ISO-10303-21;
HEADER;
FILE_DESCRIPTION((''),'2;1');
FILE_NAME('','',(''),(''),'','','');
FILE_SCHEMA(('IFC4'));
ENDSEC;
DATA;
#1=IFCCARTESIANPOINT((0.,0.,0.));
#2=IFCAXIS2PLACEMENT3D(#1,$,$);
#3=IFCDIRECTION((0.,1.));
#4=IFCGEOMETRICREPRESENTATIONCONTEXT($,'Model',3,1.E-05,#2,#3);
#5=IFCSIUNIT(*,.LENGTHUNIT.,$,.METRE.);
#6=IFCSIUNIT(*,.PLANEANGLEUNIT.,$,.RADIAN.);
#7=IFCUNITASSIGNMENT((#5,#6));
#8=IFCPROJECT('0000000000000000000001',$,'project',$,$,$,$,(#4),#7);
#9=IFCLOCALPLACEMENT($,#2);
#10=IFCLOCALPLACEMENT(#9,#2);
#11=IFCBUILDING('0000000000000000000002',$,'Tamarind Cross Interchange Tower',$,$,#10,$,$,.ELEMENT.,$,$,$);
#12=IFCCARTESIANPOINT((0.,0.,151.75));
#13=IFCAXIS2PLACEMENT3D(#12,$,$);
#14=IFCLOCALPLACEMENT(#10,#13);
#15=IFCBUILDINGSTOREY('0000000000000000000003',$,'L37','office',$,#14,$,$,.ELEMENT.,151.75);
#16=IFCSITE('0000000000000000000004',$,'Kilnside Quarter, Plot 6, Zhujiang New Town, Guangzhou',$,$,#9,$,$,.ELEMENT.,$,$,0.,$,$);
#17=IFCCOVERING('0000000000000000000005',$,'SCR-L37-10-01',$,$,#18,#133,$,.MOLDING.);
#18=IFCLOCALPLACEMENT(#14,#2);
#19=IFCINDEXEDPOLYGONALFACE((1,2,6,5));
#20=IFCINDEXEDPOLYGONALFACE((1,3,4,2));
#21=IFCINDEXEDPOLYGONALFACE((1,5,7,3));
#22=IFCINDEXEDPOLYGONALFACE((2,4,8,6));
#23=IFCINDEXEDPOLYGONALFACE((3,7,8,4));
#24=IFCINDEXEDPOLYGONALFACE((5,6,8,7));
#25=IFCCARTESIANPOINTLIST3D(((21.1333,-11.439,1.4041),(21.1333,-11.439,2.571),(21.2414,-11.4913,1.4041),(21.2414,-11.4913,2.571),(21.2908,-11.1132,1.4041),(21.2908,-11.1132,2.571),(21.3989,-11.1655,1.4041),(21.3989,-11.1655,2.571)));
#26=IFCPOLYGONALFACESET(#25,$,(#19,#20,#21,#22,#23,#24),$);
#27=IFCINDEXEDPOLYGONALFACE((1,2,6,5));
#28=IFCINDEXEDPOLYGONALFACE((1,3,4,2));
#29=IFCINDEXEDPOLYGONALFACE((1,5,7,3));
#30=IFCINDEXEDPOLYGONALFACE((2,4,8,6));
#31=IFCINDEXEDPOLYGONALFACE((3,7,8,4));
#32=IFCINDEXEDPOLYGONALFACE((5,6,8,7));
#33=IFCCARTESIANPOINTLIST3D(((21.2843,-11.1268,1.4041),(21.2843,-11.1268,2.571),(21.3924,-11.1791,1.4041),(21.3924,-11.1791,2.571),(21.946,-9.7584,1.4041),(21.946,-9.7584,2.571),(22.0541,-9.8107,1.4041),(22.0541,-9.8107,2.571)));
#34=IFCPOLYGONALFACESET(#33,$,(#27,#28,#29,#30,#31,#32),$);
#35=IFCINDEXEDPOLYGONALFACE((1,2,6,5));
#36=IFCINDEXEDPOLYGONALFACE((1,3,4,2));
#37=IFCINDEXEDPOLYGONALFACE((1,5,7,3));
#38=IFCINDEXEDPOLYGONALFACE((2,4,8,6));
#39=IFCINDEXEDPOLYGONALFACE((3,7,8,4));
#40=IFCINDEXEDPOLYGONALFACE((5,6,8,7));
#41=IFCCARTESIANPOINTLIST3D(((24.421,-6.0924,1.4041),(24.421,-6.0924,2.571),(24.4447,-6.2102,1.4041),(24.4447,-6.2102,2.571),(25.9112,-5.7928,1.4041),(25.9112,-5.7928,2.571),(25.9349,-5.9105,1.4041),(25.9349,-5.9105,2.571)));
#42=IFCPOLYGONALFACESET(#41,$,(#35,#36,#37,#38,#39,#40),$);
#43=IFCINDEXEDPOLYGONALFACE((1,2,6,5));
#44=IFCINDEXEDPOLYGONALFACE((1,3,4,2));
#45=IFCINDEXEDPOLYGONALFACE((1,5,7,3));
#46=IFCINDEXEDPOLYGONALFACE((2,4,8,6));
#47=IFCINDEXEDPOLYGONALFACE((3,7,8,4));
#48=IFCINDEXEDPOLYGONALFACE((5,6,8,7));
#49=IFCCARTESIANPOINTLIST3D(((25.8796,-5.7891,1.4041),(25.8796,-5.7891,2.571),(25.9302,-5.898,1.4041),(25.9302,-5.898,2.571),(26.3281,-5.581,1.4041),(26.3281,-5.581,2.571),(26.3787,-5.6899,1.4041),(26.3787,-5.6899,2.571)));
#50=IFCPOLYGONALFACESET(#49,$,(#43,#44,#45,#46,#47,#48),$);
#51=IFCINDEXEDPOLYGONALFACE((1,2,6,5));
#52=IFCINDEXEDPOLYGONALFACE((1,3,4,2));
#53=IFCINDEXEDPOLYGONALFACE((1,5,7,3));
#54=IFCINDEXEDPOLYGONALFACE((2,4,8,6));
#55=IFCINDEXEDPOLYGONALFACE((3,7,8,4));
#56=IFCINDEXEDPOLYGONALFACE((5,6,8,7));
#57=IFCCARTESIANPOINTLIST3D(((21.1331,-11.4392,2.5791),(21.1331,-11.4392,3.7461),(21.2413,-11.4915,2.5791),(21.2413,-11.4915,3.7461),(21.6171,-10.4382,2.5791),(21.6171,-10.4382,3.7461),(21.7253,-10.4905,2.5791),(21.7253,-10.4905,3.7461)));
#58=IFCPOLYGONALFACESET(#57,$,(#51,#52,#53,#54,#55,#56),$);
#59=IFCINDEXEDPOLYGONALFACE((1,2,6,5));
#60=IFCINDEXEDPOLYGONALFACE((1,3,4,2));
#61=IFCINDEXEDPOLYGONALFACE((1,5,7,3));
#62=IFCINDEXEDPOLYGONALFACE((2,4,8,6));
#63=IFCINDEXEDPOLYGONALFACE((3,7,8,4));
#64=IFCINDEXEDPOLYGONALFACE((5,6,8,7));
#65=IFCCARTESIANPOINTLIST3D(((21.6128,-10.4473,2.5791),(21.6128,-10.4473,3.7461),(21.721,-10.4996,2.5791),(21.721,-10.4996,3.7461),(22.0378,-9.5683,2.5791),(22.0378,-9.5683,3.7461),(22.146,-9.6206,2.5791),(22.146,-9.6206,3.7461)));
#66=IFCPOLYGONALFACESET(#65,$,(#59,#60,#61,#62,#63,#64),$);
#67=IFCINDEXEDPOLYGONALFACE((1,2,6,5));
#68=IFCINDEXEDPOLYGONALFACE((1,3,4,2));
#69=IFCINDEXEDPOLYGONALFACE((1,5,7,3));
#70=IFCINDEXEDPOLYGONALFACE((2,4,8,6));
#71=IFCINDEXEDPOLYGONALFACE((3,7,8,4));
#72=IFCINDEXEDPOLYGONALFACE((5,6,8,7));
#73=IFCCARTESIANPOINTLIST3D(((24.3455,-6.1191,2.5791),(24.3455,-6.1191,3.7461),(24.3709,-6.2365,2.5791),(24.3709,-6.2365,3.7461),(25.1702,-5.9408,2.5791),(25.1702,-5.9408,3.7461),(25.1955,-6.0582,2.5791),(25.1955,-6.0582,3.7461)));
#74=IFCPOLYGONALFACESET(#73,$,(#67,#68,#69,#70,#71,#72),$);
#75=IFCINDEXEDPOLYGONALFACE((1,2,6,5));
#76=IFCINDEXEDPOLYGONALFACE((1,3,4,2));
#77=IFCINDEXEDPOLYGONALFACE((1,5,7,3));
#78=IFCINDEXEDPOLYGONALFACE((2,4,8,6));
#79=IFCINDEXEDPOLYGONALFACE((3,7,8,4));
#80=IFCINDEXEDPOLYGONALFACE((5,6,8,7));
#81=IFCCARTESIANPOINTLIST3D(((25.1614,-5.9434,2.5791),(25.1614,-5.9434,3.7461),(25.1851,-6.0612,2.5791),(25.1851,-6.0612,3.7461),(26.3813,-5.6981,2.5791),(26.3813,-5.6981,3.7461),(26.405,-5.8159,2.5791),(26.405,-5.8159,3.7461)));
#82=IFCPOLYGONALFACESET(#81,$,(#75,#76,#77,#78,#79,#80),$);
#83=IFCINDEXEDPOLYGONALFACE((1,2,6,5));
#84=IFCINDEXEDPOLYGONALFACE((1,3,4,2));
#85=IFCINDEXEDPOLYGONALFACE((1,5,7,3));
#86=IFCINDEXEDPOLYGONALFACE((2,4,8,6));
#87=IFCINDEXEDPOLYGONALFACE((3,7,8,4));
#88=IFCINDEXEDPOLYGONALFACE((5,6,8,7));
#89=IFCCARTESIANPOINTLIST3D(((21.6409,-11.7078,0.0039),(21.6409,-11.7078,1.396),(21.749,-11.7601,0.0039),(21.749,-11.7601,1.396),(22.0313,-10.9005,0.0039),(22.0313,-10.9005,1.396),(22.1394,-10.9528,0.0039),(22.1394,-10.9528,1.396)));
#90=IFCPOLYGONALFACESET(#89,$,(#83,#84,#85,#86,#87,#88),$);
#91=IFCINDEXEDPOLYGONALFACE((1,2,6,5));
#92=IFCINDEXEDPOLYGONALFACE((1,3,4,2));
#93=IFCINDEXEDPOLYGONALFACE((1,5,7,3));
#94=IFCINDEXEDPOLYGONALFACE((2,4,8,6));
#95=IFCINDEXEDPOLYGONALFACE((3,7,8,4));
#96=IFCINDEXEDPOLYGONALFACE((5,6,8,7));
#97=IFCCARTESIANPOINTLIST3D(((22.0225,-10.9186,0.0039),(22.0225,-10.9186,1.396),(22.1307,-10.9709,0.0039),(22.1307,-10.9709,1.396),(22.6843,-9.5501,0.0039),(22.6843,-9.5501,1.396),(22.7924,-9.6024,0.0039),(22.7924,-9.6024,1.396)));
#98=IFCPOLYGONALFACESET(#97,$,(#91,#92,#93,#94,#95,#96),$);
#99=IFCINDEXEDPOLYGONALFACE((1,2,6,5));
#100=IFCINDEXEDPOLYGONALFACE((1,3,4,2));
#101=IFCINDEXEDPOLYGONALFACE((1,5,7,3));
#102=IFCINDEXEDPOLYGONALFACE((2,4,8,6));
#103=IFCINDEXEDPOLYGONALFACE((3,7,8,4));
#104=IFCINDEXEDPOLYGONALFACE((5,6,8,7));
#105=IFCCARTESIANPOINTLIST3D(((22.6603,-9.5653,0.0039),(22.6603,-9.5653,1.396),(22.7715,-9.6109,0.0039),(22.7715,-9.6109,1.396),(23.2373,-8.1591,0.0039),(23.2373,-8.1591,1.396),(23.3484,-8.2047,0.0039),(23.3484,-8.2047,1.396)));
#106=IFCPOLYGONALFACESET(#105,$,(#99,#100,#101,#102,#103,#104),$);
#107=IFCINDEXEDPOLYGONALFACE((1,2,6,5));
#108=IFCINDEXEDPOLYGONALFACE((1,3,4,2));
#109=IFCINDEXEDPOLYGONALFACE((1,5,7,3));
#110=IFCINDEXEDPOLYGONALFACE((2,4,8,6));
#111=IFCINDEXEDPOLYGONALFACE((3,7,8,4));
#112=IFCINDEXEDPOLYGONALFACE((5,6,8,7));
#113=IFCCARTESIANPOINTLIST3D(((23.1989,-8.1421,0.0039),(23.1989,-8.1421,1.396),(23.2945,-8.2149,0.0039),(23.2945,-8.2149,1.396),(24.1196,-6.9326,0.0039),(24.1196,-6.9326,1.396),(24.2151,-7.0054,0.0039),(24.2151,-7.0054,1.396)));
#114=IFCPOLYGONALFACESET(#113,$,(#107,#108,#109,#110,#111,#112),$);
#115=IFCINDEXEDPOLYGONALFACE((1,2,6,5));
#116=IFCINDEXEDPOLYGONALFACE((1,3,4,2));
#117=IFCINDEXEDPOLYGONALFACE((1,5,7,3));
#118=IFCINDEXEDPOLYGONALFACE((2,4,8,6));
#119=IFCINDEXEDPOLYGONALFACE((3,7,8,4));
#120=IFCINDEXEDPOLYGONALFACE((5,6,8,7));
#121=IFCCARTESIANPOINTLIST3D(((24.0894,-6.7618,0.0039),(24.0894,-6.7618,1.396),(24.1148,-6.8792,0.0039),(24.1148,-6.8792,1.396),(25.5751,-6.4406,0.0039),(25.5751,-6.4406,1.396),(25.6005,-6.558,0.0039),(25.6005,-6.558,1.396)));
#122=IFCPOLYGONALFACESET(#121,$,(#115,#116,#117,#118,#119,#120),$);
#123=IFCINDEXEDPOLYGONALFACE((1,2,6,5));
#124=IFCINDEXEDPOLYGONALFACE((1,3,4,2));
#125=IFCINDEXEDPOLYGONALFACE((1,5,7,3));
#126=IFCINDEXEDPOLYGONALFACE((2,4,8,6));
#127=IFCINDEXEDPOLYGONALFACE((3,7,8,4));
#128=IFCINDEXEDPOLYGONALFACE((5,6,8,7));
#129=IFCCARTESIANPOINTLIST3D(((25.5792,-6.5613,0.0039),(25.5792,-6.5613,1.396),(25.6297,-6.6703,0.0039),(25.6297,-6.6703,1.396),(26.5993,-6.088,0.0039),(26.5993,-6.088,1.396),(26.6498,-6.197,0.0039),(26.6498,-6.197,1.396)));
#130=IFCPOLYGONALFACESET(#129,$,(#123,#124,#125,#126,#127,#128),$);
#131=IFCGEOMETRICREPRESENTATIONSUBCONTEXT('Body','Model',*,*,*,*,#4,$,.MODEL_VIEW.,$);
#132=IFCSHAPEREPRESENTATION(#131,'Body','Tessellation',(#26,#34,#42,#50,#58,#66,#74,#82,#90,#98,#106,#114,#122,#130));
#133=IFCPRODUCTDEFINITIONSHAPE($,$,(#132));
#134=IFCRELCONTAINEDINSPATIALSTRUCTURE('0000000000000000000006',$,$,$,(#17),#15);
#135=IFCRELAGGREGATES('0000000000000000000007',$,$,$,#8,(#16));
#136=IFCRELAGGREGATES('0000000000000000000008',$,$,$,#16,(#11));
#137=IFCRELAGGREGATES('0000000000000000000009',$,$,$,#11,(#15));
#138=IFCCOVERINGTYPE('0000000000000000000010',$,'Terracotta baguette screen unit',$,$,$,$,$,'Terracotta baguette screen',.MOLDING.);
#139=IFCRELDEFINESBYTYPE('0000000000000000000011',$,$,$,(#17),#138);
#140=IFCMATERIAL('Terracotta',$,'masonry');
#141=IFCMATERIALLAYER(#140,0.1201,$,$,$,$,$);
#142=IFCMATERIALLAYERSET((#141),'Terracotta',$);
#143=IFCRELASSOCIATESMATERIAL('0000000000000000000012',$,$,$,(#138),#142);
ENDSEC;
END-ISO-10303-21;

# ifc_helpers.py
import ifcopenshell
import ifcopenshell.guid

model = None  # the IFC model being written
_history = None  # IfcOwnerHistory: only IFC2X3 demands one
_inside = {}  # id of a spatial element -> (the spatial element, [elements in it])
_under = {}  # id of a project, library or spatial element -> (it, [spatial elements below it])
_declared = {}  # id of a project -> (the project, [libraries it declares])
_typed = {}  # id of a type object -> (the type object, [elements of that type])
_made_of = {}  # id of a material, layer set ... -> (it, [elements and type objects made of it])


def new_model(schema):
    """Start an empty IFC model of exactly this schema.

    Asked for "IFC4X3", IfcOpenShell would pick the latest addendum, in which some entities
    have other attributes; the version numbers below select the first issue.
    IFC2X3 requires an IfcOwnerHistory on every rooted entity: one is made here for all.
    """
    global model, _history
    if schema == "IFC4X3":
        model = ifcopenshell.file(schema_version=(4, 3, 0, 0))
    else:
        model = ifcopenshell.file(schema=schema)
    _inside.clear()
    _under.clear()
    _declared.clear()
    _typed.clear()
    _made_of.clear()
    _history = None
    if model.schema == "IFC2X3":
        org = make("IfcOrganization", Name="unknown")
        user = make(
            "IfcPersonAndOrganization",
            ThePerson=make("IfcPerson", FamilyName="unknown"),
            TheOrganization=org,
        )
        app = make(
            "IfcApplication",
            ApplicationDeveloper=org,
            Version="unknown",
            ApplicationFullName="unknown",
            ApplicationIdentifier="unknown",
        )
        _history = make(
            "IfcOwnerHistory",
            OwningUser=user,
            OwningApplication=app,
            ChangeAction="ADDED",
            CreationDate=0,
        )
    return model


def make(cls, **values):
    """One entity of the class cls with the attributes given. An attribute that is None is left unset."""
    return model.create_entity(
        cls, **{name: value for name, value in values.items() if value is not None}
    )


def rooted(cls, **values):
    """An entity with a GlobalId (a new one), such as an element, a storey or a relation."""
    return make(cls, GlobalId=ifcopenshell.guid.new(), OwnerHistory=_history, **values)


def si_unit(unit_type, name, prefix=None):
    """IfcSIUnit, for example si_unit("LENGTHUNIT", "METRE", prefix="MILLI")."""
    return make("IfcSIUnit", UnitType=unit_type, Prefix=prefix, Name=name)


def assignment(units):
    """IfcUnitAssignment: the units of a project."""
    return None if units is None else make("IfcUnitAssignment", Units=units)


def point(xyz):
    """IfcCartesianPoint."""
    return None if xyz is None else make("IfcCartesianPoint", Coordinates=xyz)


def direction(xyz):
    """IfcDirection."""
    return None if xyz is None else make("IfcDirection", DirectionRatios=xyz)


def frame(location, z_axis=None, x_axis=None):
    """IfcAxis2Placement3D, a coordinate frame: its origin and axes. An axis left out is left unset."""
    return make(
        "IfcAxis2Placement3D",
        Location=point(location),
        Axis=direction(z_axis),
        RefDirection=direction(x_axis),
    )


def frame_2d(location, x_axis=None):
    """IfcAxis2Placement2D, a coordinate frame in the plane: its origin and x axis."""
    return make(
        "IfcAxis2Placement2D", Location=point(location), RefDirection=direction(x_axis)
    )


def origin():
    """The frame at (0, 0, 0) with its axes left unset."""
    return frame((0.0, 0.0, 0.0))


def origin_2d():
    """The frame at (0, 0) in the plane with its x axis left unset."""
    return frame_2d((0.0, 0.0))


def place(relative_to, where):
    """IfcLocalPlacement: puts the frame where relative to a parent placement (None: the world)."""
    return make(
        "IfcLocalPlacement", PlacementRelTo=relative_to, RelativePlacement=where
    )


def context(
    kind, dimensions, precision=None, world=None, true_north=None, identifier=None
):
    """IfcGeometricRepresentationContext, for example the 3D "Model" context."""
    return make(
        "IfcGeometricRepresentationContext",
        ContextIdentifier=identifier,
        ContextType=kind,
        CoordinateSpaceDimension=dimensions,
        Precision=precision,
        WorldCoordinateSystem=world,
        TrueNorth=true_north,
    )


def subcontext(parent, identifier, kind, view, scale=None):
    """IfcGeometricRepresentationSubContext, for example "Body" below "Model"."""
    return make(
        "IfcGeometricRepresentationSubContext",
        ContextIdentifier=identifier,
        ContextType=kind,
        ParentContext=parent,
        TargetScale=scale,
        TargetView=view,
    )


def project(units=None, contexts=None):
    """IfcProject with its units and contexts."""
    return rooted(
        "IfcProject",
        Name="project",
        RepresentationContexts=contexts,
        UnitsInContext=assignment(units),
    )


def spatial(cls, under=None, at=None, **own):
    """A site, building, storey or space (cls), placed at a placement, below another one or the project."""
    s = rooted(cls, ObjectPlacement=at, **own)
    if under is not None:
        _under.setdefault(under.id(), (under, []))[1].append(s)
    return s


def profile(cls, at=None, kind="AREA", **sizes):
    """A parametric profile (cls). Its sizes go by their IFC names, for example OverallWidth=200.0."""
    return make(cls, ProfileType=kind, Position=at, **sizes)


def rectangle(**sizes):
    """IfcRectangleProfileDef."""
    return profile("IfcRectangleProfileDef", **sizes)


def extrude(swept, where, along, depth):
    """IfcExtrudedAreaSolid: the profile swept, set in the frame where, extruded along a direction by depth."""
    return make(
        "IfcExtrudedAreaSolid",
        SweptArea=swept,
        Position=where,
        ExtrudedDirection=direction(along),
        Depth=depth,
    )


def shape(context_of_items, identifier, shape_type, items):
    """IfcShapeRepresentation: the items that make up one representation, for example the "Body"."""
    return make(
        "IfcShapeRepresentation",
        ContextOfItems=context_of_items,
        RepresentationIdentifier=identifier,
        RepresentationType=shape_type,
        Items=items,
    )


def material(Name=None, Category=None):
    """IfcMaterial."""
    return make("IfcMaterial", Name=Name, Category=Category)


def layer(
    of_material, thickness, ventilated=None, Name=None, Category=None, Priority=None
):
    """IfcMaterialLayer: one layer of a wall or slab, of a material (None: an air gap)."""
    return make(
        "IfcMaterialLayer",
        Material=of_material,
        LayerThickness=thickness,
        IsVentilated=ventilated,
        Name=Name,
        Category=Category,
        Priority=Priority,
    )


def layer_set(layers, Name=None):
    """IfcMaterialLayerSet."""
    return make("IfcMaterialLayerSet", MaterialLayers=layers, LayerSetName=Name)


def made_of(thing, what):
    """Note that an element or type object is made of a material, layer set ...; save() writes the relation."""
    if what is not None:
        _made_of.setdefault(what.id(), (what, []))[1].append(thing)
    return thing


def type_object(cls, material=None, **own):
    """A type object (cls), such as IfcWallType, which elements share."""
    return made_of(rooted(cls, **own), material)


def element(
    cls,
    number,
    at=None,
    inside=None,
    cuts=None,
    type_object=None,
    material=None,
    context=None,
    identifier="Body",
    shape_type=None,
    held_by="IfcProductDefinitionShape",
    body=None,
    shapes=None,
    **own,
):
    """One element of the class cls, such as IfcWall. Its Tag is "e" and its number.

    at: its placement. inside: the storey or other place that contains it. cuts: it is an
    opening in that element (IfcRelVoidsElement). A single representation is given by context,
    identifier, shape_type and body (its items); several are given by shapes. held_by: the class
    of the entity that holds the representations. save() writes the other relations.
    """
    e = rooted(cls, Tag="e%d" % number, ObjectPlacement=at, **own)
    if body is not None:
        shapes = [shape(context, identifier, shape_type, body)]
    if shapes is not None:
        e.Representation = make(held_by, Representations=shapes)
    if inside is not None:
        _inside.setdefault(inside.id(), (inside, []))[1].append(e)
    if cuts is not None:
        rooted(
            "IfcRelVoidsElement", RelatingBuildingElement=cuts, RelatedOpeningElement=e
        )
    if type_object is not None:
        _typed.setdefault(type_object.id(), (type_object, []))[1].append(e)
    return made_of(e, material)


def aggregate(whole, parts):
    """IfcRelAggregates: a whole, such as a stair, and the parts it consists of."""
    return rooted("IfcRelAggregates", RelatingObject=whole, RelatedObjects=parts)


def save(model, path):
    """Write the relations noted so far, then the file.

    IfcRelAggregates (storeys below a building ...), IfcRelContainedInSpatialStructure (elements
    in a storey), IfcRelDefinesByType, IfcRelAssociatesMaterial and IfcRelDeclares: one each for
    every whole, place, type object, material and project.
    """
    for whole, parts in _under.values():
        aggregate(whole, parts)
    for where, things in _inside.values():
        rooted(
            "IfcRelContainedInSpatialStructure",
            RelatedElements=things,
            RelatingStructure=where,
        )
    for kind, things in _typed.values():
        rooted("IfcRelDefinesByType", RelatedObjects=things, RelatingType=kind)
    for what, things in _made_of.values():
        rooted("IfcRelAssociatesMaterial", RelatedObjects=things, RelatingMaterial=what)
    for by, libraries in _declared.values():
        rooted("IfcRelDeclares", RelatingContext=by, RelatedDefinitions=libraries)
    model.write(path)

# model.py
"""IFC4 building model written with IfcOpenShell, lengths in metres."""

from ifc_helpers import new_model, si_unit, direction, frame, origin, origin_2d, place, context, subcontext, project, spatial, rectangle, extrude, material, layer, layer_set, type_object, element, save


model = new_model("IFC4")

# Units and contexts
model_context = context("Model", 3, precision=1e-05, world=origin(), true_north=direction((0.0, 1.0)))
body_context = subcontext(model_context, "Body", "Model", "MODEL_VIEW")
ifc_project = project(units=[si_unit("LENGTHUNIT", "METRE"), si_unit("PLANEANGLEUNIT", "RADIAN")], contexts=[model_context])

# Site, building, storey
site_placement = place(None, origin())
site = spatial("IfcSite", under=ifc_project, at=site_placement, Name="Kilnside Quarter, Plot 6, Zhujiang New Town, Guangzhou", CompositionType="ELEMENT", RefElevation=0.0)
building_placement = place(site_placement, origin())
building = spatial("IfcBuilding", under=site, at=building_placement, Name="Tamarind Cross Interchange Tower", CompositionType="ELEMENT")
storey_placement = place(building_placement, frame((0.0, 0.0, 151.75)))
storey = spatial("IfcBuildingStorey", under=building, at=storey_placement, Name="L37", Description="office", CompositionType="ELEMENT", Elevation=151.75)

# Covering
ifc_material_1 = material(Name="Terracotta", Category="masonry")
ifc_layer_1 = layer(ifc_material_1, 0.1201)
ifc_layer_set_1 = layer_set([ifc_layer_1], Name="Terracotta")
covering_type = type_object("IfcCoveringType", Name="Terracotta baguette screen unit", ElementType="Terracotta baguette screen", PredefinedType="MOLDING", material=ifc_layer_set_1)
covering_1_placement = place(storey_placement, origin())
element("IfcCovering", 1, at=covering_1_placement, inside=storey, type_object=covering_type, Name="SCR-L37-10-01", PredefinedType="MOLDING", context=body_context, shape_type="SweptSolid", body=[
    extrude(rectangle(XDim=0.3618, YDim=0.1201, at=origin_2d()), frame((21.2661, -11.3022, 1.4041), z_axis=(0.0, 0.0, 1.0), x_axis=(0.435326, 0.900273, 0.0)), (0.0, 0.0, 1.0), 1.167),
    extrude(rectangle(XDim=1.52, YDim=0.1201, at=origin_2d()), frame((21.6692, -10.4688, 1.4041), z_axis=(0.0, 0.0, 1.0), x_axis=(0.435326, 0.900273, 0.0)), (0.0, 0.0, 1.0), 1.167),
    extrude(rectangle(XDim=1.52, YDim=0.1201, at=origin_2d()), frame((25.178, -6.0015, 1.4041), z_axis=(0.0, 0.0, 1.0), x_axis=(0.980379, 0.197124, 0.0)), (0.0, 0.0, 1.0), 1.167),
    extrude(rectangle(XDim=0.4944, YDim=0.1201, at=origin_2d()), frame((26.1292, -5.7395, 1.4041), z_axis=(0.0, 0.0, 1.0), x_axis=(0.907126, 0.420858, 0.0)), (0.0, 0.0, 1.0), 1.167),
    extrude(rectangle(XDim=1.1118, YDim=0.1201, at=origin_2d()), frame((21.4292, -10.9648, 2.5791), z_axis=(0.0, 0.0, 1.0), x_axis=(0.435326, 0.900273, 0.0)), (0.0, 0.0, 1.0), 1.167),
    extrude(rectangle(XDim=0.9763, YDim=0.1201, at=origin_2d()), frame((21.8794, -10.0339, 2.5791), z_axis=(0.0, 0.0, 1.0), x_axis=(0.435326, 0.900273, 0.0)), (0.0, 0.0, 1.0), 1.167),
    extrude(rectangle(XDim=0.8438, YDim=0.1201, at=origin_2d()), frame((24.7705, -6.0886, 2.5791), z_axis=(0.0, 0.0, 1.0), x_axis=(0.977408, 0.211359, 0.0)), (0.0, 0.0, 1.0), 1.167),
    extrude(rectangle(XDim=1.2444, YDim=0.1201, at=origin_2d()), frame((25.7832, -5.8796, 2.5791), z_axis=(0.0, 0.0, 1.0), x_axis=(0.980379, 0.197124, 0.0)), (0.0, 0.0, 1.0), 1.167),
    extrude(rectangle(XDim=0.8967, YDim=0.1201, at=origin_2d()), frame((21.8901, -11.3303, 0.0039), z_axis=(0.0, 0.0, 1.0), x_axis=(0.435326, 0.900273, 0.0)), (0.0, 0.0, 1.0), 1.3921),
    extrude(rectangle(XDim=1.52, YDim=0.1201, at=origin_2d()), frame((22.4075, -10.2605, 0.0039), z_axis=(0.0, 0.0, 1.0), x_axis=(0.435326, 0.900273, 0.0)), (0.0, 0.0, 1.0), 1.3921),
    extrude(rectangle(XDim=1.52, YDim=0.1201, at=origin_2d()), frame((23.0044, -8.885, 0.0039), z_axis=(0.0, 0.0, 1.0), x_axis=(0.379587, 0.925156, 0.0)), (0.0, 0.0, 1.0), 1.3921),
    extrude(rectangle(XDim=1.52, YDim=0.1201, at=origin_2d()), frame((23.707, -7.5737, 0.0039), z_axis=(0.0, 0.0, 1.0), x_axis=(0.605672, 0.795715, 0.0)), (0.0, 0.0, 1.0), 1.3921),
    extrude(rectangle(XDim=1.52, YDim=0.1201, at=origin_2d()), frame((24.845, -6.6599, 0.0039), z_axis=(0.0, 0.0, 1.0), x_axis=(0.977408, 0.211359, 0.0)), (0.0, 0.0, 1.0), 1.3921),
    extrude(rectangle(XDim=1.1245, YDim=0.1201, at=origin_2d()), frame((26.1145, -6.3792, 0.0039), z_axis=(0.0, 0.0, 1.0), x_axis=(0.907126, 0.420858, 0.0)), (0.0, 0.0, 1.0), 1.3921),
])

save(model, "model.ifc")
